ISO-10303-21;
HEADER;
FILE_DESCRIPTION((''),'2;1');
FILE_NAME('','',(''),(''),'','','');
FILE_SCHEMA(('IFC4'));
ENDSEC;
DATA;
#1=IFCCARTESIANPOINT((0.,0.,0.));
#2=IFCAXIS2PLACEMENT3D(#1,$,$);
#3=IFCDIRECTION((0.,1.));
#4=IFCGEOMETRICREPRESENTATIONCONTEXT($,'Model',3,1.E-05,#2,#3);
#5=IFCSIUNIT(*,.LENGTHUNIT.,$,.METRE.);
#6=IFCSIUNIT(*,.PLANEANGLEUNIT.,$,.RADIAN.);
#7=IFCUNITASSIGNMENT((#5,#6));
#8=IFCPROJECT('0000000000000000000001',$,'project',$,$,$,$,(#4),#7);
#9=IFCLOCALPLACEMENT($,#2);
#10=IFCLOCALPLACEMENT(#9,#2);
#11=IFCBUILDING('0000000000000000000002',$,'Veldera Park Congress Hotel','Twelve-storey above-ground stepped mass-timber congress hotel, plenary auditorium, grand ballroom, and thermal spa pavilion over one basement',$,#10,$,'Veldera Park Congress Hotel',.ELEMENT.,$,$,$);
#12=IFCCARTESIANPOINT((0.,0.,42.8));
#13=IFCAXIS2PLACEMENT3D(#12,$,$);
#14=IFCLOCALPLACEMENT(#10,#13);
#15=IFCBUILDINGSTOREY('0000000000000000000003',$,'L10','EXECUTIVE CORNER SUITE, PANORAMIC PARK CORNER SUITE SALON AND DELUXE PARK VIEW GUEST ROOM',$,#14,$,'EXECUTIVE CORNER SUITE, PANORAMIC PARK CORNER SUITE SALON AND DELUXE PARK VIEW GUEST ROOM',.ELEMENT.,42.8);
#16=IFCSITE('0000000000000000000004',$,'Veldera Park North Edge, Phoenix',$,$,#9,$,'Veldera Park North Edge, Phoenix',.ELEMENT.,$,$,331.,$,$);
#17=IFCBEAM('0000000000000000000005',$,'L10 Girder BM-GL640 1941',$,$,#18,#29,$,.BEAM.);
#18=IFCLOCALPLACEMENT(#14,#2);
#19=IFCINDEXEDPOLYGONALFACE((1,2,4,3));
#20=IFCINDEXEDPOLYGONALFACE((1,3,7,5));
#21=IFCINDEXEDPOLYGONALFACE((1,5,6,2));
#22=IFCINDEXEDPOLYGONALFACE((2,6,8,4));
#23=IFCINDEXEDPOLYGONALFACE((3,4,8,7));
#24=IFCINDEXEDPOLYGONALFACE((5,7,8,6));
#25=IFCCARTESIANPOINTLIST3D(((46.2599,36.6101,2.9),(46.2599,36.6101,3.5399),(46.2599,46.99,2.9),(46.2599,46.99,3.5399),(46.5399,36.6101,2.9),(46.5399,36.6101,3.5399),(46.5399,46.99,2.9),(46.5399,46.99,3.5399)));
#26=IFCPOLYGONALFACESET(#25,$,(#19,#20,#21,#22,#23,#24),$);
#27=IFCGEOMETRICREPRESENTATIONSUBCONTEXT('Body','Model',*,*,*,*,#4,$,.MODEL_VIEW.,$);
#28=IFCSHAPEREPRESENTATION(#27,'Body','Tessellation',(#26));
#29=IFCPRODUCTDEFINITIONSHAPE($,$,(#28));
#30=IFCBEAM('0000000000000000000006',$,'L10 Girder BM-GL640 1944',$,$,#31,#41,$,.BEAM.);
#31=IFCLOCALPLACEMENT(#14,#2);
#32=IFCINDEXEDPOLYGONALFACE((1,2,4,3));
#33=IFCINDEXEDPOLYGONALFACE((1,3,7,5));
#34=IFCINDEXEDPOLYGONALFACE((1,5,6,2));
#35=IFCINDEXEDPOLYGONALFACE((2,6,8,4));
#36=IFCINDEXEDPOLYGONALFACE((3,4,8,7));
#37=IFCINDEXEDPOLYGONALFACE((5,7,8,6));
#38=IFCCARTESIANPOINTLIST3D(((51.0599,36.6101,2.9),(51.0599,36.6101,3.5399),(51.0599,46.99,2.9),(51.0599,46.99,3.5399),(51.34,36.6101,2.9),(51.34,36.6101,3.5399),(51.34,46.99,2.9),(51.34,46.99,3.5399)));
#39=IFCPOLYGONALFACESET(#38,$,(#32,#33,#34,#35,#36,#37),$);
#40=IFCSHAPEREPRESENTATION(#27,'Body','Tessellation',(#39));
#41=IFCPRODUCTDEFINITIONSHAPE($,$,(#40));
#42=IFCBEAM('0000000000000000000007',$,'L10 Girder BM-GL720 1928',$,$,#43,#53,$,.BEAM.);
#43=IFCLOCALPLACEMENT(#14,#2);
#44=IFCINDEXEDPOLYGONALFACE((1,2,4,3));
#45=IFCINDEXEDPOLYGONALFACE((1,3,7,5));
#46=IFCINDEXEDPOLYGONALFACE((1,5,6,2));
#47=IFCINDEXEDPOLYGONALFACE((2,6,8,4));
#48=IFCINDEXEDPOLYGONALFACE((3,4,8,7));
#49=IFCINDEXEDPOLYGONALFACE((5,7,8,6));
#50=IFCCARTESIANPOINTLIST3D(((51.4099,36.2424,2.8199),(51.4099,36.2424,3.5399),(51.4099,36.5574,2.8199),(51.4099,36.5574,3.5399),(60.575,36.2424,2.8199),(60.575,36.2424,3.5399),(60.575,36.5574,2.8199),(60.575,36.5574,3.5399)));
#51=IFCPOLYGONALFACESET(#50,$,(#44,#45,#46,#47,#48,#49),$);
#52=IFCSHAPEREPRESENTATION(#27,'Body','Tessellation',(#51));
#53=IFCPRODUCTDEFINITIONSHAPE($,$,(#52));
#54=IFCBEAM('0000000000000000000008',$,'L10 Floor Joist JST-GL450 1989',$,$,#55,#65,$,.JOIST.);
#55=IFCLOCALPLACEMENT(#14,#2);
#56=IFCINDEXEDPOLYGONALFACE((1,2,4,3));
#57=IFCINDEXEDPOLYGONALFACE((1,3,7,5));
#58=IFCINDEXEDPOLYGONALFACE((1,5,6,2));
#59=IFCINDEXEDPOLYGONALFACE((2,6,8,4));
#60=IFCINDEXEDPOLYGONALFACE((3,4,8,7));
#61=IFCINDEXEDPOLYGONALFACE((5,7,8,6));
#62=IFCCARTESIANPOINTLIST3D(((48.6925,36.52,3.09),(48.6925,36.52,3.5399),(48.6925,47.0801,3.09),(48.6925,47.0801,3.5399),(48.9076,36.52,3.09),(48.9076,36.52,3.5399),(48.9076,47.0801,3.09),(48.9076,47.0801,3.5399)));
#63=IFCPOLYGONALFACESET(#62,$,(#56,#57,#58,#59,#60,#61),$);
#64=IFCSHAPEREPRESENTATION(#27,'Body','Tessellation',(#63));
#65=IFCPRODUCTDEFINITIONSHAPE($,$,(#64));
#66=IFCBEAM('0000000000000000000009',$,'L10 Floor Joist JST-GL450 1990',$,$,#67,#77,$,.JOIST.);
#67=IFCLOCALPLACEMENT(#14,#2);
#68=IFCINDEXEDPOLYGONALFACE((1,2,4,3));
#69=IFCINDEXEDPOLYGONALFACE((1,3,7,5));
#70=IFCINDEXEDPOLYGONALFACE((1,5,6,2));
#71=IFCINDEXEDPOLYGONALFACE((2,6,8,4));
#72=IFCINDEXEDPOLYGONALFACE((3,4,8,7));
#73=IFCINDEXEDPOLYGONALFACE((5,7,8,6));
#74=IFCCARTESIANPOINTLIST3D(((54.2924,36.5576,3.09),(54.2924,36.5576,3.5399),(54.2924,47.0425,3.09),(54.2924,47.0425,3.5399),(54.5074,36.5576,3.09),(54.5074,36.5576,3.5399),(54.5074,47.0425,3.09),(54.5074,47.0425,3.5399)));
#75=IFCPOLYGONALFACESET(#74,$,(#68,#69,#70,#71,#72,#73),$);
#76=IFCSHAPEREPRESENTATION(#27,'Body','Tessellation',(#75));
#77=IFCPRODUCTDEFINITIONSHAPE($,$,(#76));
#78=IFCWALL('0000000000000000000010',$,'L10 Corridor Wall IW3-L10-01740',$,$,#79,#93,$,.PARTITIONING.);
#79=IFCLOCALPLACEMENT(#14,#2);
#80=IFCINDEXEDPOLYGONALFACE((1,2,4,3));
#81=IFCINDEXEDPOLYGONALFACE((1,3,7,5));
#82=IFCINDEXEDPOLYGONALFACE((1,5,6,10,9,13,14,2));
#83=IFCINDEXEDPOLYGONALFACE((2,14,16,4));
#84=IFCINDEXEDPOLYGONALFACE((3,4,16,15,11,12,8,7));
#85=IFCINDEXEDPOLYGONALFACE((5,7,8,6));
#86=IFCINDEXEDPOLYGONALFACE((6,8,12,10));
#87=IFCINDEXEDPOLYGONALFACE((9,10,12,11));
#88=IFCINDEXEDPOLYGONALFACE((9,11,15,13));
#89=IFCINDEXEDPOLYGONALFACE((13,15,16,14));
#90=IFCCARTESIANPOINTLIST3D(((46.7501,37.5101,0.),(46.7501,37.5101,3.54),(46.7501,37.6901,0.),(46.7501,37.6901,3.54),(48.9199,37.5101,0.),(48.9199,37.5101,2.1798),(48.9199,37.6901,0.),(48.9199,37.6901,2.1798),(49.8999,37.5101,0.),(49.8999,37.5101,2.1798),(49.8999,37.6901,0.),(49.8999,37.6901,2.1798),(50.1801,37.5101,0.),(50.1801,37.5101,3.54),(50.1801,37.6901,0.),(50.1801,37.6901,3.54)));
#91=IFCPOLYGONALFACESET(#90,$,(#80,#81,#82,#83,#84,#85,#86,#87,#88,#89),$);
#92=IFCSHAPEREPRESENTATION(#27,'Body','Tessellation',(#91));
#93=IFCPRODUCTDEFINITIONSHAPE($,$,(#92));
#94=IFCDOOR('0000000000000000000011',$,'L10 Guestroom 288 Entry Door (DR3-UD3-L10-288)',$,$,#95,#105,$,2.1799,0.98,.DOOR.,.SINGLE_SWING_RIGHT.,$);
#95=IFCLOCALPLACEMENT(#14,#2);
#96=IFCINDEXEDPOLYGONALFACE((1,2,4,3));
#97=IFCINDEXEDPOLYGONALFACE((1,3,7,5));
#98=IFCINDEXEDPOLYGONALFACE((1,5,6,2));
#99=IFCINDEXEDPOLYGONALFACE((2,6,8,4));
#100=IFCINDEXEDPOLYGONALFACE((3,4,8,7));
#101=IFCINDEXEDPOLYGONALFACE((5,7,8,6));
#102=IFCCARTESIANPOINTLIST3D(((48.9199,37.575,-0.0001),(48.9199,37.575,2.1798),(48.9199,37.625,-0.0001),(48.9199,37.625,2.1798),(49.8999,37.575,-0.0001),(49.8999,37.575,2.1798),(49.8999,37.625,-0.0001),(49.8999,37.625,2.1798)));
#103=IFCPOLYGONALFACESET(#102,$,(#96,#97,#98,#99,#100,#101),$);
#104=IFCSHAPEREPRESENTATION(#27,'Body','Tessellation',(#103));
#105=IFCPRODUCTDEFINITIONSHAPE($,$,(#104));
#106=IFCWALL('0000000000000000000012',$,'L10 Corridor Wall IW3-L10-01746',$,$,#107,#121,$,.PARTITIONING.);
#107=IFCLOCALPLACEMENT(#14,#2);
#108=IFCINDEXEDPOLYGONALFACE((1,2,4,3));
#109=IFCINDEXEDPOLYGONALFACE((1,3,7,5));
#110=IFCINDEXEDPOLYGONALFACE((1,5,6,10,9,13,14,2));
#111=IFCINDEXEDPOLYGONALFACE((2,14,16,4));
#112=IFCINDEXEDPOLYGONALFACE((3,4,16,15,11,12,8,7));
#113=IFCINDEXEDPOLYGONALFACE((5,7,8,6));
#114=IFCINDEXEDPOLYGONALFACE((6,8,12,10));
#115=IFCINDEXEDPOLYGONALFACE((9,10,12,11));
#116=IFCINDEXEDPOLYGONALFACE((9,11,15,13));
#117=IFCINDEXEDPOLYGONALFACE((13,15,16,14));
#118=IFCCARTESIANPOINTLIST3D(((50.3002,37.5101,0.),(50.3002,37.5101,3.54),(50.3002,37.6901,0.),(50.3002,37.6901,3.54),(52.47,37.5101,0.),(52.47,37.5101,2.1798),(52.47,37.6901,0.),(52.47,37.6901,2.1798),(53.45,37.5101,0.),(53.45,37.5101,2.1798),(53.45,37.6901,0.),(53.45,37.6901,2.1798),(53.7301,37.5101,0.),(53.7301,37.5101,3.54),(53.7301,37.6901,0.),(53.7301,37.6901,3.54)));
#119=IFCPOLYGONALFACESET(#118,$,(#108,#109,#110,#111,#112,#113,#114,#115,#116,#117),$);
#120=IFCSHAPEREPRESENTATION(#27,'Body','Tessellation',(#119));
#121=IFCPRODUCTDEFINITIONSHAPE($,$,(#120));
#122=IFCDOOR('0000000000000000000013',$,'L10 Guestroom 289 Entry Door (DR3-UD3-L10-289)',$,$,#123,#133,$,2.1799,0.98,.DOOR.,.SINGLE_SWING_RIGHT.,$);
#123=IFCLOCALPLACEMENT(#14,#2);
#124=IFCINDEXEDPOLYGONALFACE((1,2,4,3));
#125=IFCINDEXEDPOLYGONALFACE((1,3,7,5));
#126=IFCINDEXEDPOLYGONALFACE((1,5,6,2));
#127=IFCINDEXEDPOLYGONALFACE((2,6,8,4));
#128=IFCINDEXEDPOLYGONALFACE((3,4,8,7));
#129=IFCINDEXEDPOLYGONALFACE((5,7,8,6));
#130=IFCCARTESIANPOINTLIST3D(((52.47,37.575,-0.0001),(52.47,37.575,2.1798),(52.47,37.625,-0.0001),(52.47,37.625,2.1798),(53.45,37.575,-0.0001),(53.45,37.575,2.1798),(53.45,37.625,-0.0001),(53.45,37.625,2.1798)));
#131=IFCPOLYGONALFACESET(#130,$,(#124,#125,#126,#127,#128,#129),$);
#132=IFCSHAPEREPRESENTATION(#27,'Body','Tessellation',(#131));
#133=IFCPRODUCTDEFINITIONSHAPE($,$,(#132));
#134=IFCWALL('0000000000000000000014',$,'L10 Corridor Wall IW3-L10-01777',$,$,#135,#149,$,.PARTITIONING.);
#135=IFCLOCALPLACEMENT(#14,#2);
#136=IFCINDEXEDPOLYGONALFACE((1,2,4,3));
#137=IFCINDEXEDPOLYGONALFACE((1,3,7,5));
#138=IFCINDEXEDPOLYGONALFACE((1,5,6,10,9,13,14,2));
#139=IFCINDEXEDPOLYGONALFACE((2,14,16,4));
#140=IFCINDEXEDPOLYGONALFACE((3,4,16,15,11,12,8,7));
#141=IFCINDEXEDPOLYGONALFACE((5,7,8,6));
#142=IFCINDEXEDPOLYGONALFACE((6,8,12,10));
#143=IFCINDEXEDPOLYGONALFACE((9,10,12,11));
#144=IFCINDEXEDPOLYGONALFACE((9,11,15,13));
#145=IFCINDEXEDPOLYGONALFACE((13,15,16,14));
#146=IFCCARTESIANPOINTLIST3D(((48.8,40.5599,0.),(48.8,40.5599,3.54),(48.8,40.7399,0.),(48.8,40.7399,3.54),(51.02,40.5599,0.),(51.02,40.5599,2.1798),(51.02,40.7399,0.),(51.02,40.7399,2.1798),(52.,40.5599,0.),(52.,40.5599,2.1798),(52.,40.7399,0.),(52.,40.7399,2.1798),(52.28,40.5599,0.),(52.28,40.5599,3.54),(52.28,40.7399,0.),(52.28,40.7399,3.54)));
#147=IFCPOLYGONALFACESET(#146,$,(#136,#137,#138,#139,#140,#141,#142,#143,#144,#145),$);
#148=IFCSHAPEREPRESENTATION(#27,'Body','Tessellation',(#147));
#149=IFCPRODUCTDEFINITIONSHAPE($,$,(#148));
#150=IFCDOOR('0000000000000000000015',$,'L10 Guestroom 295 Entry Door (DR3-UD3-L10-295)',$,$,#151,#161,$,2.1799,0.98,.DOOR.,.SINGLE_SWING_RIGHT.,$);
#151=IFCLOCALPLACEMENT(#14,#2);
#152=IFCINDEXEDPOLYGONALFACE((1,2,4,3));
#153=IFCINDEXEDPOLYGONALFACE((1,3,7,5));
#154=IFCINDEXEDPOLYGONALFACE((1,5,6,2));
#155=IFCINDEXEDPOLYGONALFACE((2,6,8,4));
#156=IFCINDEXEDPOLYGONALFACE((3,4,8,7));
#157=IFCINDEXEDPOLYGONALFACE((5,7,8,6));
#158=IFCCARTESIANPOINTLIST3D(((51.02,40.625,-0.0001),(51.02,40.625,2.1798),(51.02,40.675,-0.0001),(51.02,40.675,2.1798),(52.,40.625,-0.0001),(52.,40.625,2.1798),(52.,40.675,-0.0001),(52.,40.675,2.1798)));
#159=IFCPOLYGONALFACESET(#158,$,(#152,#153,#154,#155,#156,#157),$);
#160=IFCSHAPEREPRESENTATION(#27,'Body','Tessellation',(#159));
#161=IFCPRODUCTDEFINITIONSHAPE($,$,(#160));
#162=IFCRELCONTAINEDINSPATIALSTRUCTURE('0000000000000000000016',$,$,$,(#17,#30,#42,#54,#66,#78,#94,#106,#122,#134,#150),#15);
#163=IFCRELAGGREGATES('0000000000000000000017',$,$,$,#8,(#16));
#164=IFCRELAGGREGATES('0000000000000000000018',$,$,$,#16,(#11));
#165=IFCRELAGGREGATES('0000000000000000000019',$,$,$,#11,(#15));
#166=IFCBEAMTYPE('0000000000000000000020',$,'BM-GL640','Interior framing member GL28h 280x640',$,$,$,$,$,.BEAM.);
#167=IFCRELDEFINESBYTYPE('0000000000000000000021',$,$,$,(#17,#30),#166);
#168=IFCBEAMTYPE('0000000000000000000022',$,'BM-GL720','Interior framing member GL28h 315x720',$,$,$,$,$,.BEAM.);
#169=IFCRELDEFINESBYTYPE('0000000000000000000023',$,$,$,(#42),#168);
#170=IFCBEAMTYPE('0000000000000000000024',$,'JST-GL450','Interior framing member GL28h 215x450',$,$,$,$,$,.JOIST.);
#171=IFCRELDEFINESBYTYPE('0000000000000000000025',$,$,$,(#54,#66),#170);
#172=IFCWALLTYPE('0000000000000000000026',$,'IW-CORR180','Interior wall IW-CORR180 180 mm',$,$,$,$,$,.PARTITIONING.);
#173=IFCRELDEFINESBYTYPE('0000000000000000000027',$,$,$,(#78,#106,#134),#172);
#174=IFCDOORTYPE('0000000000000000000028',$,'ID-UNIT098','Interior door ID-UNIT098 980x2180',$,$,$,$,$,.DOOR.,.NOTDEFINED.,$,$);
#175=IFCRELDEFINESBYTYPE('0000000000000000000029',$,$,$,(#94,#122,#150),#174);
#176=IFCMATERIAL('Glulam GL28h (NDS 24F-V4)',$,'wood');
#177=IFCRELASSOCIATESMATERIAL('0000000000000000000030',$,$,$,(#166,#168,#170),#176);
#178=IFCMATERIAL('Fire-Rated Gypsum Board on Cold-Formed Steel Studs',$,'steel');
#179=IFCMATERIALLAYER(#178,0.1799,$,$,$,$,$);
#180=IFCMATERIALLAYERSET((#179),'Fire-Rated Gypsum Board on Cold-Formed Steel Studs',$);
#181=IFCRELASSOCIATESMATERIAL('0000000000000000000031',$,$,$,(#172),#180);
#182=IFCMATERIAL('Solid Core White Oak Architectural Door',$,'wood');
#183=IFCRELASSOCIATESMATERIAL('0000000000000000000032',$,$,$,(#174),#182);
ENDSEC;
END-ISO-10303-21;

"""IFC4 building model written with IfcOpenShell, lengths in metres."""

from ifc_helpers import new_model, si_unit, direction, frame, frame_2d, origin, origin_2d, place, context, subcontext, project, spatial, rectangle, extrude, material, layer, layer_set, material_profile, profile_set, type_object, element, fill, save


model = new_model("IFC4")

# Units and contexts
model_context = context("Model", 3, precision=1e-05, world=origin(), true_north=direction((0.0, 1.0)))
body_context = subcontext(model_context, "Body", "Model", "MODEL_VIEW")
ifc_project = project(units=[si_unit("LENGTHUNIT", "METRE"), si_unit("PLANEANGLEUNIT", "RADIAN")], contexts=[model_context])

# Site, building, storey
site_placement = place(None, origin())
site = spatial("IfcSite", under=ifc_project, at=site_placement, Name="Veldera Park North Edge, Phoenix", LongName="Veldera Park North Edge, Phoenix", CompositionType="ELEMENT", RefElevation=331.0)
building_placement = place(site_placement, origin())
building = spatial("IfcBuilding", under=site, at=building_placement, Name="Veldera Park Congress Hotel", Description="Twelve-storey above-ground stepped mass-timber congress hotel, plenary auditorium, grand ballroom, and thermal spa pavilion over one basement", LongName="Veldera Park Congress Hotel", CompositionType="ELEMENT")
storey_placement = place(building_placement, frame((0.0, 0.0, 42.8)))
storey = spatial("IfcBuildingStorey", under=building, at=storey_placement, Name="L10", Description="EXECUTIVE CORNER SUITE, PANORAMIC PARK CORNER SUITE SALON AND DELUXE PARK VIEW GUEST ROOM", LongName="EXECUTIVE CORNER SUITE, PANORAMIC PARK CORNER SUITE SALON AND DELUXE PARK VIEW GUEST ROOM", CompositionType="ELEMENT", Elevation=42.8)

# Beams
ifc_material_1 = material(Name="Glulam GL28h (NDS 24F-V4)", Category="wood")
ifc_material_profile_1 = material_profile(ifc_material_1, rectangle(XDim=0.28, YDim=0.6399, at=origin_2d()), Name="GL28h 280x640")
ifc_profile_set_1 = profile_set([ifc_material_profile_1], Name="Glulam GL28h (NDS 24F-V4)")
beam_type_1 = type_object("IfcBeamType", Name="BM-GL640", Description="Interior framing member GL28h 280x640", PredefinedType="BEAM", material=ifc_profile_set_1)
for number, where, z_axis, x_axis, name in (
    (1, (46.3999, 36.6101, 3.22), (0.0, 1.0, 0.0), (-1.0, 0.0, 0.0), "L10 Girder BM-GL640 1941"),
    (2, (51.2, 36.6101, 3.22), (0.0, 1.0, 0.0), (-1.0, 0.0, 0.0), "L10 Girder BM-GL640 1944"),
):
    element("IfcBeam", number, at=place(storey_placement, frame(where, z_axis=z_axis, x_axis=x_axis)), inside=storey, type_object=beam_type_1, Name=name, PredefinedType="BEAM", context=body_context, shape_type="SweptSolid", body=[
        extrude(rectangle(XDim=0.28, YDim=0.6399, at=origin_2d()), origin(), (0.0, 0.0, 1.0), 10.3799),
    ])
ifc_material_profile_2 = material_profile(ifc_material_1, rectangle(XDim=0.3149, YDim=0.72, at=origin_2d()), Name="GL28h 315x720")
ifc_profile_set_2 = profile_set([ifc_material_profile_2], Name="Glulam GL28h (NDS 24F-V4)")
beam_type_2 = type_object("IfcBeamType", Name="BM-GL720", Description="Interior framing member GL28h 315x720", PredefinedType="BEAM", material=ifc_profile_set_2)
beam_1_placement = place(storey_placement, frame((51.4099, 36.3999, 3.1799), z_axis=(1.0, 0.0, 0.0), x_axis=(0.0, 1.0, 0.0)))
element("IfcBeam", 3, at=beam_1_placement, inside=storey, type_object=beam_type_2, Name="L10 Girder BM-GL720 1928", PredefinedType="BEAM", context=body_context, shape_type="SweptSolid", body=[
    extrude(rectangle(XDim=0.3149, YDim=0.72, at=origin_2d()), origin(), (0.0, 0.0, 1.0), 9.165),
])
ifc_material_profile_3 = material_profile(ifc_material_1, rectangle(XDim=0.2151, YDim=0.45, at=origin_2d()), Name="GL28h 215x450")
ifc_profile_set_3 = profile_set([ifc_material_profile_3], Name="Glulam GL28h (NDS 24F-V4)")
beam_type_3 = type_object("IfcBeamType", Name="JST-GL450", Description="Interior framing member GL28h 215x450", PredefinedType="JOIST", material=ifc_profile_set_3)
beam_2_placement = place(storey_placement, frame((48.8, 36.52, 3.3149), z_axis=(0.0, 1.0, 0.0), x_axis=(-1.0, 0.0, 0.0)))
element("IfcBeam", 4, at=beam_2_placement, inside=storey, type_object=beam_type_3, Name="L10 Floor Joist JST-GL450 1989", PredefinedType="JOIST", context=body_context, shape_type="SweptSolid", body=[
    extrude(rectangle(XDim=0.2151, YDim=0.45, at=origin_2d()), origin(), (0.0, 0.0, 1.0), 10.5601),
])
beam_3_placement = place(storey_placement, frame((54.3999, 36.5576, 3.3149), z_axis=(0.0, 1.0, 0.0), x_axis=(-1.0, 0.0, 0.0)))
element("IfcBeam", 5, at=beam_3_placement, inside=storey, type_object=beam_type_3, Name="L10 Floor Joist JST-GL450 1990", PredefinedType="JOIST", context=body_context, shape_type="SweptSolid", body=[
    extrude(rectangle(XDim=0.2151, YDim=0.45, at=origin_2d()), origin(), (0.0, 0.0, 1.0), 10.4849),
])

# Walls, openings, doors
ifc_material_2 = material(Name="Fire-Rated Gypsum Board on Cold-Formed Steel Studs", Category="steel")
ifc_layer_1 = layer(ifc_material_2, 0.1799)
ifc_layer_set_1 = layer_set([ifc_layer_1], Name="Fire-Rated Gypsum Board on Cold-Formed Steel Studs")
wall_type_1 = type_object("IfcWallType", Name="IW-CORR180", Description="Interior wall IW-CORR180 180 mm", PredefinedType="PARTITIONING", material=ifc_layer_set_1)
wall_1_placement = place(storey_placement, frame((50.1799, 37.6001, 0.0), z_axis=(0.0, 0.0, 1.0), x_axis=(-1.0, 0.0, 0.0)))
wall_1 = element("IfcWall", 6, at=wall_1_placement, inside=storey, type_object=wall_type_1, Name="L10 Corridor Wall IW3-L10-01740", PredefinedType="PARTITIONING", context=body_context, shape_type="SweptSolid", body=[
    extrude(rectangle(XDim=3.4299, YDim=0.1799, at=frame_2d((1.7148, 0.0))), origin(), (0.0, 0.0, 1.0), 3.54),
])
opening_1_placement = place(wall_1_placement, frame((0.28, 0.0, 0.0)))
opening_1 = element("IfcOpeningElement", 7, at=opening_1_placement, cuts=wall_1, PredefinedType="OPENING", context=body_context, shape_type="SweptSolid", body=[
    extrude(rectangle(XDim=0.98, YDim=2.1799, at=frame_2d((0.49, 1.0898))), frame((0.0, 0.1021, 0.0), z_axis=(0.0, -1.0, 0.0), x_axis=(1.0, 0.0, 0.0)), (0.0, 0.0, 1.0), 0.2039),
])
ifc_material_3 = material(Name="Solid Core White Oak Architectural Door", Category="wood")
door_type = type_object("IfcDoorType", Name="ID-UNIT098", Description="Interior door ID-UNIT098 980x2180", OperationType="NOTDEFINED", PredefinedType="DOOR", material=ifc_material_3)
door_1_placement = place(opening_1_placement, frame((0.98, 0.0, 0.0), z_axis=(0.0, 0.0, 1.0), x_axis=(-1.0, 0.0, 0.0)))
door_1 = element("IfcDoor", 8, at=door_1_placement, inside=storey, type_object=door_type, Name="L10 Guestroom 288 Entry Door (DR3-UD3-L10-288)", OperationType="SINGLE_SWING_RIGHT", OverallHeight=2.1799, OverallWidth=0.98, PredefinedType="DOOR", context=body_context, shape_type="SweptSolid", body=[
    extrude(rectangle(XDim=0.98, YDim=2.1799, at=frame_2d((0.49, 1.0898))), frame((0.0, 0.0249, 0.0), z_axis=(0.0, -1.0, 0.0), x_axis=(1.0, 0.0, 0.0)), (0.0, 0.0, 1.0), 0.05),
])
fill(opening_1, door_1)
wall_2_placement = place(storey_placement, frame((53.73, 37.6001, 0.0), z_axis=(0.0, 0.0, 1.0), x_axis=(-1.0, 0.0, 0.0)))
wall_2 = element("IfcWall", 9, at=wall_2_placement, inside=storey, type_object=wall_type_1, Name="L10 Corridor Wall IW3-L10-01746", PredefinedType="PARTITIONING", context=body_context, shape_type="SweptSolid", body=[
    extrude(rectangle(XDim=3.4299, YDim=0.1799, at=frame_2d((1.7148, 0.0))), origin(), (0.0, 0.0, 1.0), 3.54),
])
opening_2_placement = place(wall_2_placement, frame((0.28, 0.0, 0.0)))
opening_2 = element("IfcOpeningElement", 10, at=opening_2_placement, cuts=wall_2, PredefinedType="OPENING", context=body_context, shape_type="SweptSolid", body=[
    extrude(rectangle(XDim=0.98, YDim=2.1799, at=frame_2d((0.49, 1.0898))), frame((0.0, 0.1021, 0.0), z_axis=(0.0, -1.0, 0.0), x_axis=(1.0, 0.0, 0.0)), (0.0, 0.0, 1.0), 0.2039),
])
door_2_placement = place(opening_2_placement, frame((0.98, 0.0, 0.0), z_axis=(0.0, 0.0, 1.0), x_axis=(-1.0, 0.0, 0.0)))
door_2 = element("IfcDoor", 11, at=door_2_placement, inside=storey, type_object=door_type, Name="L10 Guestroom 289 Entry Door (DR3-UD3-L10-289)", OperationType="SINGLE_SWING_RIGHT", OverallHeight=2.1799, OverallWidth=0.98, PredefinedType="DOOR", context=body_context, shape_type="SweptSolid", body=[
    extrude(rectangle(XDim=0.98, YDim=2.1799, at=frame_2d((0.49, 1.0898))), frame((0.0, 0.0249, 0.0), z_axis=(0.0, -1.0, 0.0), x_axis=(1.0, 0.0, 0.0)), (0.0, 0.0, 1.0), 0.05),
])
fill(opening_2, door_2)
wall_3_placement = place(storey_placement, frame((48.8, 40.6499, 0.0), z_axis=(0.0, 0.0, 1.0), x_axis=(1.0, 0.0, 0.0)))
wall_3 = element("IfcWall", 12, at=wall_3_placement, inside=storey, type_object=wall_type_1, Name="L10 Corridor Wall IW3-L10-01777", PredefinedType="PARTITIONING", context=body_context, shape_type="SweptSolid", body=[
    extrude(rectangle(XDim=3.48, YDim=0.1799, at=frame_2d((1.74, 0.0))), origin(), (0.0, 0.0, 1.0), 3.54),
])
opening_3_placement = place(wall_3_placement, frame((2.22, 0.0, 0.0)))
opening_3 = element("IfcOpeningElement", 13, at=opening_3_placement, cuts=wall_3, PredefinedType="OPENING", context=body_context, shape_type="SweptSolid", body=[
    extrude(rectangle(XDim=0.98, YDim=2.1799, at=frame_2d((0.49, 1.0898))), frame((0.0, 0.1021, 0.0), z_axis=(0.0, -1.0, 0.0), x_axis=(1.0, 0.0, 0.0)), (0.0, 0.0, 1.0), 0.2039),
])
door_3_placement = place(opening_3_placement, frame((0.98, 0.0, 0.0), z_axis=(0.0, 0.0, 1.0), x_axis=(-1.0, 0.0, 0.0)))
door_3 = element("IfcDoor", 14, at=door_3_placement, inside=storey, type_object=door_type, Name="L10 Guestroom 295 Entry Door (DR3-UD3-L10-295)", OperationType="SINGLE_SWING_RIGHT", OverallHeight=2.1799, OverallWidth=0.98, PredefinedType="DOOR", context=body_context, shape_type="SweptSolid", body=[
    extrude(rectangle(XDim=0.98, YDim=2.1799, at=frame_2d((0.49, 1.0898))), frame((0.0, 0.0249, 0.0), z_axis=(0.0, -1.0, 0.0), x_axis=(1.0, 0.0, 0.0)), (0.0, 0.0, 1.0), 0.05),
])
fill(opening_3, door_3)

save(model, "model.ifc")
